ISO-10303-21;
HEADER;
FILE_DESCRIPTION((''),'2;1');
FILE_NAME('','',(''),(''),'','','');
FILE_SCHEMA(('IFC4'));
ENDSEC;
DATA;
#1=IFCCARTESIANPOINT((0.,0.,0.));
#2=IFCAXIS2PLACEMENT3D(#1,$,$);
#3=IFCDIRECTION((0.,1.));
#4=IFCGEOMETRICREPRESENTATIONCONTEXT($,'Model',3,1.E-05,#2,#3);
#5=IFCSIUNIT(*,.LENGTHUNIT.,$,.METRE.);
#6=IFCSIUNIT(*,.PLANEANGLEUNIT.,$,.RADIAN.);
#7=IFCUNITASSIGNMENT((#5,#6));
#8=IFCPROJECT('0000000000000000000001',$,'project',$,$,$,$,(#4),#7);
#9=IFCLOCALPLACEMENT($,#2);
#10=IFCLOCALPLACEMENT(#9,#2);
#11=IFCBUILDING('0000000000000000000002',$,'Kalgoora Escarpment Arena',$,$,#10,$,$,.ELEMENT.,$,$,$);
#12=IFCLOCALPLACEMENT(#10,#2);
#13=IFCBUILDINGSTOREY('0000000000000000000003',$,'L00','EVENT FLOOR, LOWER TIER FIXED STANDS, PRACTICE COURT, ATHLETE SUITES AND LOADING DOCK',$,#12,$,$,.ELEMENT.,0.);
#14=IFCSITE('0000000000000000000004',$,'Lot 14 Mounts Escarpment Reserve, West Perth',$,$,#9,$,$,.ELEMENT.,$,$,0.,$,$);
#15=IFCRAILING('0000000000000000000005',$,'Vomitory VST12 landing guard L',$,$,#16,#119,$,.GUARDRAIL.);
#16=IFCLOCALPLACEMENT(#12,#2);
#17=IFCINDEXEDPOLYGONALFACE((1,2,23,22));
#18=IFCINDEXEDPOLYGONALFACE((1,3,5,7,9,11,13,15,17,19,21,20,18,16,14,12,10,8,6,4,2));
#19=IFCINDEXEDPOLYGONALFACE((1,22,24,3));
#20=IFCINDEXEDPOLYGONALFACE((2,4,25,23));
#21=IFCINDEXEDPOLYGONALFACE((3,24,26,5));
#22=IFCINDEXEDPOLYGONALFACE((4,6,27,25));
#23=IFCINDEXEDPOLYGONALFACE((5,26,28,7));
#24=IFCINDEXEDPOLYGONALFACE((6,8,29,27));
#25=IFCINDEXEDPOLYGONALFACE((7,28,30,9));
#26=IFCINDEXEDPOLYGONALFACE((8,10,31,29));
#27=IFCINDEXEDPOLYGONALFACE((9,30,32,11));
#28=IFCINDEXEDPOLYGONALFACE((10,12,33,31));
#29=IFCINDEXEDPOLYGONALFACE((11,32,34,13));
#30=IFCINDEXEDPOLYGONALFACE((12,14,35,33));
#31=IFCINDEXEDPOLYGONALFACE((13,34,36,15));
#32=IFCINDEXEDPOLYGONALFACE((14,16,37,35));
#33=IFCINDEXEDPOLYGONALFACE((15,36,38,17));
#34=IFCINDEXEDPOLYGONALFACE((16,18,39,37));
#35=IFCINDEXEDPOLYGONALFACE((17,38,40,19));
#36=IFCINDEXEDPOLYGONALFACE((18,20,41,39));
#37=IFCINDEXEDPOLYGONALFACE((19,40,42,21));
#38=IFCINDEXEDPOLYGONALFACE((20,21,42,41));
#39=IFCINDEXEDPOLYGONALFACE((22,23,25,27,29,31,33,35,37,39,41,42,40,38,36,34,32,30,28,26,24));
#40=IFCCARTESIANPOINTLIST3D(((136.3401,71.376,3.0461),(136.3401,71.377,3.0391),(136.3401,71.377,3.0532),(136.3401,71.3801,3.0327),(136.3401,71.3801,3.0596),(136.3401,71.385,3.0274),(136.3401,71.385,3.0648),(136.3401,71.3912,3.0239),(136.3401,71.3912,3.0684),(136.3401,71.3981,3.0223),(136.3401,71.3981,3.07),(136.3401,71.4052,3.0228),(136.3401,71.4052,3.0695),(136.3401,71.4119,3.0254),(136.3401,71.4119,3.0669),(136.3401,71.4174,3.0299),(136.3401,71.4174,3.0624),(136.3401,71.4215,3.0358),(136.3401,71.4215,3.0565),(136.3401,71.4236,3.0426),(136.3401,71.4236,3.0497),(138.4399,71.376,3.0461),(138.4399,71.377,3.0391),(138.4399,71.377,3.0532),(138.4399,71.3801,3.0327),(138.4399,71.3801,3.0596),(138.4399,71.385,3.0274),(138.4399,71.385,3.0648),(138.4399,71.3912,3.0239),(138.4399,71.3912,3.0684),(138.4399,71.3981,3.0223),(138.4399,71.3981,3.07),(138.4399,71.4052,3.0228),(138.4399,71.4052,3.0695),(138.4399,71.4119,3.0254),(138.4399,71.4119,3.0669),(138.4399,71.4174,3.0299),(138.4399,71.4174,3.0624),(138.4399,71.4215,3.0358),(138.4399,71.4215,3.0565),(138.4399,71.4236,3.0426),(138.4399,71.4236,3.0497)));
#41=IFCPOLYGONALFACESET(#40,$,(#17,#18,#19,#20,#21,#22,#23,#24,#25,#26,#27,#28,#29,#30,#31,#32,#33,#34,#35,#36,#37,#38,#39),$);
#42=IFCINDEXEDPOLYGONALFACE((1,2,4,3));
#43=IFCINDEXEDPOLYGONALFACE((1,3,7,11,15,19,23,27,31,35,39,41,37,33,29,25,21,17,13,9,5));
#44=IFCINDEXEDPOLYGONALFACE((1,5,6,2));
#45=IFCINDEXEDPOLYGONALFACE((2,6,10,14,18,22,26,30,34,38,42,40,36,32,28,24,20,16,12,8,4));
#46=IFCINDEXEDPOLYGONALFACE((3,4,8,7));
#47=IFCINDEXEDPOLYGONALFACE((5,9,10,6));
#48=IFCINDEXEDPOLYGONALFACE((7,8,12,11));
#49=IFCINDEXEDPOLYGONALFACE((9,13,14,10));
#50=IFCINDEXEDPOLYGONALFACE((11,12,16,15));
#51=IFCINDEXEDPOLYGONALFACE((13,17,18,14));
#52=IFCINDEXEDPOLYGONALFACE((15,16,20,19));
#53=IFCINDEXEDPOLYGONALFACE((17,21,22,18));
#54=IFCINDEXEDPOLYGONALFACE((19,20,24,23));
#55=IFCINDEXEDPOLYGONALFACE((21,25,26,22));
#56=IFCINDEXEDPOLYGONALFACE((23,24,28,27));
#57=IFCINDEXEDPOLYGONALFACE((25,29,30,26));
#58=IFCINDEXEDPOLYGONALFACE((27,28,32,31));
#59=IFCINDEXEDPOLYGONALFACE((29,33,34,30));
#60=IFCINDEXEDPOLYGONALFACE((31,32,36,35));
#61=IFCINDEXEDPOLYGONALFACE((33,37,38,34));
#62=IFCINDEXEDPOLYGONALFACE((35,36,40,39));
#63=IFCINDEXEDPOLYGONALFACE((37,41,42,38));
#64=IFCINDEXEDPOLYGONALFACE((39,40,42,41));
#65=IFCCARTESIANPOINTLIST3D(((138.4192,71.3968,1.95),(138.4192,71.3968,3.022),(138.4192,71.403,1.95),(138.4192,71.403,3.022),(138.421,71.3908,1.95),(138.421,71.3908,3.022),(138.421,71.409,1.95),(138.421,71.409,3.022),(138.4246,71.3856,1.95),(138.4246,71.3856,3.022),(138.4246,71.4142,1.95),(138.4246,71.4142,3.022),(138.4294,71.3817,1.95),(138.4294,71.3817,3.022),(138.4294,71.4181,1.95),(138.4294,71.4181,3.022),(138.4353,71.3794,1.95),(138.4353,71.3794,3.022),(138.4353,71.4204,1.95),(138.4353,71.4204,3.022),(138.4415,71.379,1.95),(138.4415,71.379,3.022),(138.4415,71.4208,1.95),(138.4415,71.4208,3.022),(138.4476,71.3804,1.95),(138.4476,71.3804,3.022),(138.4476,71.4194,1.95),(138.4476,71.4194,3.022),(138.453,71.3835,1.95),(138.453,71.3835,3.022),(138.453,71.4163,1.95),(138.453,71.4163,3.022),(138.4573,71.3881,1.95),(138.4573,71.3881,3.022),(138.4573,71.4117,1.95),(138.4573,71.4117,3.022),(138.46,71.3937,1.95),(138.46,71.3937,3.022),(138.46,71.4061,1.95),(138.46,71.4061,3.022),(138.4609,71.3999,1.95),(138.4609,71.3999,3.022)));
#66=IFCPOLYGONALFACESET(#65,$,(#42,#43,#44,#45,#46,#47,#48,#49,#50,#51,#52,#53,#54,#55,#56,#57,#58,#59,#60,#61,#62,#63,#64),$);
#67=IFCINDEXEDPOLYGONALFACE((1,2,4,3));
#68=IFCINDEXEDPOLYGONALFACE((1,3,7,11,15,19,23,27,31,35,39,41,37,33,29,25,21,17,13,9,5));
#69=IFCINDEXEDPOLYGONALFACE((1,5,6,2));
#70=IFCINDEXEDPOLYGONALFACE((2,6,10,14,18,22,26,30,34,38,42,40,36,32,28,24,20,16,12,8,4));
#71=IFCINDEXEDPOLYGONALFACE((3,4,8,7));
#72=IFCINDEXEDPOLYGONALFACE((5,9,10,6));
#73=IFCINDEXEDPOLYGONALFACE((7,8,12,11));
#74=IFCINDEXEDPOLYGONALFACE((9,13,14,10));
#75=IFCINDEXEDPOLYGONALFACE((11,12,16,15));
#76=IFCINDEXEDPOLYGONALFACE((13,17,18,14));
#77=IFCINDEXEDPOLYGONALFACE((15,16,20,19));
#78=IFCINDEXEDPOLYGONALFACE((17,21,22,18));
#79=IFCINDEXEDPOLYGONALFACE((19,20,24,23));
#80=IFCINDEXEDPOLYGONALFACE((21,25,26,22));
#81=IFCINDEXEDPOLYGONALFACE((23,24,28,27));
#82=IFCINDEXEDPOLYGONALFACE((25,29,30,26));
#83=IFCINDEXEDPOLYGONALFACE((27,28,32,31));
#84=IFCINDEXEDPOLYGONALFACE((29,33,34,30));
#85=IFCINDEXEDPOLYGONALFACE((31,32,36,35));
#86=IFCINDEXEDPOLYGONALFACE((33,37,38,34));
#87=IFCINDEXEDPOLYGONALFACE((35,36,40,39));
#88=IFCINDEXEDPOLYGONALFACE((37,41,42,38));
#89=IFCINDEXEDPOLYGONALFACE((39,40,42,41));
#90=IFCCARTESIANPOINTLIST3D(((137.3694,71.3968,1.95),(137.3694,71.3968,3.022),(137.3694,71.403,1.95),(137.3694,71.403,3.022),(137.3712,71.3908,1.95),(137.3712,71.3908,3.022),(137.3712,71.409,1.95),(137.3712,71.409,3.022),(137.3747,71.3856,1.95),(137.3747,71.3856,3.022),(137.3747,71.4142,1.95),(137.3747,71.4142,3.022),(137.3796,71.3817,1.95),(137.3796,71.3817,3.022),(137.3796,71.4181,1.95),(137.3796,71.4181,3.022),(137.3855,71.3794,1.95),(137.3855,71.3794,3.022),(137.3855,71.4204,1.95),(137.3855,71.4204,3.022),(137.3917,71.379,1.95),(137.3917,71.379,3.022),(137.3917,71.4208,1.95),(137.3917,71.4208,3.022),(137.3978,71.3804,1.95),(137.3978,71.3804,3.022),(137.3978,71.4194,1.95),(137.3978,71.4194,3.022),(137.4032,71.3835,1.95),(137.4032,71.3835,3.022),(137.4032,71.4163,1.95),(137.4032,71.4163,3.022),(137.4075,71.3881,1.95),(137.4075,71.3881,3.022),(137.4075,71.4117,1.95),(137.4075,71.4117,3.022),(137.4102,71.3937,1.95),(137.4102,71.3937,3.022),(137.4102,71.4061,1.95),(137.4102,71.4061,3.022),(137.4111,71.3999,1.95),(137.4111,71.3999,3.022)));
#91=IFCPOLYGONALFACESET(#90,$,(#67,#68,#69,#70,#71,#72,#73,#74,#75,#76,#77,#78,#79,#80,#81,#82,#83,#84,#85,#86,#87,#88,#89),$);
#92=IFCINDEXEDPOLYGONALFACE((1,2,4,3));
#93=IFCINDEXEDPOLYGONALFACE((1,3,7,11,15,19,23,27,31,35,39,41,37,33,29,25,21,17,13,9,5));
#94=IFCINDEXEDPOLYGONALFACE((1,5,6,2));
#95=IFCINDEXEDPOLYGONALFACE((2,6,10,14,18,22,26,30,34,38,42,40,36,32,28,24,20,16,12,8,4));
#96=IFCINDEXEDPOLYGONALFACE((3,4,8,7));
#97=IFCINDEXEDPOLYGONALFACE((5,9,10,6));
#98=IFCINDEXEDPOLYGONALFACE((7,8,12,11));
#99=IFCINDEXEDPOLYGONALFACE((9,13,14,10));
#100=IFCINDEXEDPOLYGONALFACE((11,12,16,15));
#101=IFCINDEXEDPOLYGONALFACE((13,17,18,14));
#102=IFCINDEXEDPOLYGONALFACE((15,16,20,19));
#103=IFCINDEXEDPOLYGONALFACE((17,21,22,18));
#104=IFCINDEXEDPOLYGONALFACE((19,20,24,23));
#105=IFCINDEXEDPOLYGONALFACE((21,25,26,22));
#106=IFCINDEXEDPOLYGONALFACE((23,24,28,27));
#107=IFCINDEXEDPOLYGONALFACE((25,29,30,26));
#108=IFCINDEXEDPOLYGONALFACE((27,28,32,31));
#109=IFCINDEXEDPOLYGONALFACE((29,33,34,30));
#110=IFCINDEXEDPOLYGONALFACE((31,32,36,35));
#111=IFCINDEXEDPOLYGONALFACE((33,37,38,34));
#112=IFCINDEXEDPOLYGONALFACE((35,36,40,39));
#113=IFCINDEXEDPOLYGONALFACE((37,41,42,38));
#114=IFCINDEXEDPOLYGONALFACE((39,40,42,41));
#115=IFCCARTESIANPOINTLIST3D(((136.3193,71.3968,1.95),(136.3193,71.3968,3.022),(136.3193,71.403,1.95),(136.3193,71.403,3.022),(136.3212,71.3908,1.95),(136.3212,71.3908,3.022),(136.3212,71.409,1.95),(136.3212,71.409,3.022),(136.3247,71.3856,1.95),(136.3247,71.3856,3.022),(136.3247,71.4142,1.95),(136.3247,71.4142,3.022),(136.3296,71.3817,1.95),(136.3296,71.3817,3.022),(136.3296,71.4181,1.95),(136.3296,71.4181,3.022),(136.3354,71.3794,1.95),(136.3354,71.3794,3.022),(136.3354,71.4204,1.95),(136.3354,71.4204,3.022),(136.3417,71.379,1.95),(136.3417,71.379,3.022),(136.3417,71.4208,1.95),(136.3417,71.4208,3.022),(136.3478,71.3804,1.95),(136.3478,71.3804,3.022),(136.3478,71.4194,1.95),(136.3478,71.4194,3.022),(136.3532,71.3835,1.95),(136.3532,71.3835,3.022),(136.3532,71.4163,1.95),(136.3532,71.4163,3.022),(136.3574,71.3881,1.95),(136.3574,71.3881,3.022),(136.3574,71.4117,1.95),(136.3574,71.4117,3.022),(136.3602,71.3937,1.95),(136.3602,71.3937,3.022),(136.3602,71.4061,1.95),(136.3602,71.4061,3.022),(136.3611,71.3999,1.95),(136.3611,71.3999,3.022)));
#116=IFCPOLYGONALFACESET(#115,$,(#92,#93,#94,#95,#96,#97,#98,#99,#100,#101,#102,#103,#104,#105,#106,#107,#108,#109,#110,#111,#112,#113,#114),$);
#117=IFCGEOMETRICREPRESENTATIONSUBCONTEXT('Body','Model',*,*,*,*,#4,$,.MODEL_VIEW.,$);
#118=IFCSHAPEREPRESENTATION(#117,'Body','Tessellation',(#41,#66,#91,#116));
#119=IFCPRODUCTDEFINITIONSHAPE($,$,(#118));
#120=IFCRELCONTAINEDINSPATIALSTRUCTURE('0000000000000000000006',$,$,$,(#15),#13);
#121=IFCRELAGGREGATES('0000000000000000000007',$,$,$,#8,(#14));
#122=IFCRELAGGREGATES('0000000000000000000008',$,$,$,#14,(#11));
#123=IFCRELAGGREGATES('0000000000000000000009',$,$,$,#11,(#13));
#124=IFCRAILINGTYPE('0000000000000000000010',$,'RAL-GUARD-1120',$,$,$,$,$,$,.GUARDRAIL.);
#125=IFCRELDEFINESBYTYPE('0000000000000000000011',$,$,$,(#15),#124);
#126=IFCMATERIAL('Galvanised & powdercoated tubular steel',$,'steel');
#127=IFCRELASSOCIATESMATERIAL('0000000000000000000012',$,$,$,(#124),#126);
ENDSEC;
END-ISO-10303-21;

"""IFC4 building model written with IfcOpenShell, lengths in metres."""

from ifc_helpers import new_model, si_unit, direction, frame, origin, origin_2d, place, context, subcontext, project, spatial, circle, extrude, material, type_object, element, save


model = new_model("IFC4")

# Units and contexts
model_context = context("Model", 3, precision=1e-05, world=origin(), true_north=direction((0.0, 1.0)))
body_context = subcontext(model_context, "Body", "Model", "MODEL_VIEW")
ifc_project = project(units=[si_unit("LENGTHUNIT", "METRE"), si_unit("PLANEANGLEUNIT", "RADIAN")], contexts=[model_context])

# Site, building, storey
site_placement = place(None, origin())
site = spatial("IfcSite", under=ifc_project, at=site_placement, Name="Lot 14 Mounts Escarpment Reserve, West Perth", CompositionType="ELEMENT", RefElevation=0.0)
building_placement = place(site_placement, origin())
building = spatial("IfcBuilding", under=site, at=building_placement, Name="Kalgoora Escarpment Arena", CompositionType="ELEMENT")
storey_placement = place(building_placement, origin())
storey = spatial("IfcBuildingStorey", under=building, at=storey_placement, Name="L00", Description="EVENT FLOOR, LOWER TIER FIXED STANDS, PRACTICE COURT, ATHLETE SUITES AND LOADING DOCK", CompositionType="ELEMENT", Elevation=0.0)

# Railing
ifc_material_1 = material(Name="Galvanised & powdercoated tubular steel", Category="steel")
railing_type_1 = type_object("IfcRailingType", Name="RAL-GUARD-1120", PredefinedType="GUARDRAIL", material=ifc_material_1)
railing_1_placement = place(storey_placement, frame((138.4399, 71.3999, 1.95)))
element("IfcRailing", 1, at=railing_1_placement, inside=storey, type_object=railing_type_1, Name="Vomitory VST12 landing guard L", PredefinedType="GUARDRAIL", context=body_context, shape_type="SweptSolid", body=[
    extrude(circle(Radius=0.0239, at=origin_2d()), frame((0.0, 0.0, 1.0962), z_axis=(-1.0, 0.0, 0.0), x_axis=(0.0, -1.0, 0.0)), (0.0, 0.0, 1.0), 2.0999),
    extrude(circle(Radius=0.021, at=origin_2d()), origin(), (0.0, 0.0, 1.0), 1.072),
    extrude(circle(Radius=0.021, at=origin_2d()), frame((-1.0498, 0.0, 0.0)), (0.0, 0.0, 1.0), 1.072),
    extrude(circle(Radius=0.021, at=origin_2d()), frame((-2.0999, 0.0, 0.0)), (0.0, 0.0, 1.0), 1.072),
])

save(model, "model.ifc")
